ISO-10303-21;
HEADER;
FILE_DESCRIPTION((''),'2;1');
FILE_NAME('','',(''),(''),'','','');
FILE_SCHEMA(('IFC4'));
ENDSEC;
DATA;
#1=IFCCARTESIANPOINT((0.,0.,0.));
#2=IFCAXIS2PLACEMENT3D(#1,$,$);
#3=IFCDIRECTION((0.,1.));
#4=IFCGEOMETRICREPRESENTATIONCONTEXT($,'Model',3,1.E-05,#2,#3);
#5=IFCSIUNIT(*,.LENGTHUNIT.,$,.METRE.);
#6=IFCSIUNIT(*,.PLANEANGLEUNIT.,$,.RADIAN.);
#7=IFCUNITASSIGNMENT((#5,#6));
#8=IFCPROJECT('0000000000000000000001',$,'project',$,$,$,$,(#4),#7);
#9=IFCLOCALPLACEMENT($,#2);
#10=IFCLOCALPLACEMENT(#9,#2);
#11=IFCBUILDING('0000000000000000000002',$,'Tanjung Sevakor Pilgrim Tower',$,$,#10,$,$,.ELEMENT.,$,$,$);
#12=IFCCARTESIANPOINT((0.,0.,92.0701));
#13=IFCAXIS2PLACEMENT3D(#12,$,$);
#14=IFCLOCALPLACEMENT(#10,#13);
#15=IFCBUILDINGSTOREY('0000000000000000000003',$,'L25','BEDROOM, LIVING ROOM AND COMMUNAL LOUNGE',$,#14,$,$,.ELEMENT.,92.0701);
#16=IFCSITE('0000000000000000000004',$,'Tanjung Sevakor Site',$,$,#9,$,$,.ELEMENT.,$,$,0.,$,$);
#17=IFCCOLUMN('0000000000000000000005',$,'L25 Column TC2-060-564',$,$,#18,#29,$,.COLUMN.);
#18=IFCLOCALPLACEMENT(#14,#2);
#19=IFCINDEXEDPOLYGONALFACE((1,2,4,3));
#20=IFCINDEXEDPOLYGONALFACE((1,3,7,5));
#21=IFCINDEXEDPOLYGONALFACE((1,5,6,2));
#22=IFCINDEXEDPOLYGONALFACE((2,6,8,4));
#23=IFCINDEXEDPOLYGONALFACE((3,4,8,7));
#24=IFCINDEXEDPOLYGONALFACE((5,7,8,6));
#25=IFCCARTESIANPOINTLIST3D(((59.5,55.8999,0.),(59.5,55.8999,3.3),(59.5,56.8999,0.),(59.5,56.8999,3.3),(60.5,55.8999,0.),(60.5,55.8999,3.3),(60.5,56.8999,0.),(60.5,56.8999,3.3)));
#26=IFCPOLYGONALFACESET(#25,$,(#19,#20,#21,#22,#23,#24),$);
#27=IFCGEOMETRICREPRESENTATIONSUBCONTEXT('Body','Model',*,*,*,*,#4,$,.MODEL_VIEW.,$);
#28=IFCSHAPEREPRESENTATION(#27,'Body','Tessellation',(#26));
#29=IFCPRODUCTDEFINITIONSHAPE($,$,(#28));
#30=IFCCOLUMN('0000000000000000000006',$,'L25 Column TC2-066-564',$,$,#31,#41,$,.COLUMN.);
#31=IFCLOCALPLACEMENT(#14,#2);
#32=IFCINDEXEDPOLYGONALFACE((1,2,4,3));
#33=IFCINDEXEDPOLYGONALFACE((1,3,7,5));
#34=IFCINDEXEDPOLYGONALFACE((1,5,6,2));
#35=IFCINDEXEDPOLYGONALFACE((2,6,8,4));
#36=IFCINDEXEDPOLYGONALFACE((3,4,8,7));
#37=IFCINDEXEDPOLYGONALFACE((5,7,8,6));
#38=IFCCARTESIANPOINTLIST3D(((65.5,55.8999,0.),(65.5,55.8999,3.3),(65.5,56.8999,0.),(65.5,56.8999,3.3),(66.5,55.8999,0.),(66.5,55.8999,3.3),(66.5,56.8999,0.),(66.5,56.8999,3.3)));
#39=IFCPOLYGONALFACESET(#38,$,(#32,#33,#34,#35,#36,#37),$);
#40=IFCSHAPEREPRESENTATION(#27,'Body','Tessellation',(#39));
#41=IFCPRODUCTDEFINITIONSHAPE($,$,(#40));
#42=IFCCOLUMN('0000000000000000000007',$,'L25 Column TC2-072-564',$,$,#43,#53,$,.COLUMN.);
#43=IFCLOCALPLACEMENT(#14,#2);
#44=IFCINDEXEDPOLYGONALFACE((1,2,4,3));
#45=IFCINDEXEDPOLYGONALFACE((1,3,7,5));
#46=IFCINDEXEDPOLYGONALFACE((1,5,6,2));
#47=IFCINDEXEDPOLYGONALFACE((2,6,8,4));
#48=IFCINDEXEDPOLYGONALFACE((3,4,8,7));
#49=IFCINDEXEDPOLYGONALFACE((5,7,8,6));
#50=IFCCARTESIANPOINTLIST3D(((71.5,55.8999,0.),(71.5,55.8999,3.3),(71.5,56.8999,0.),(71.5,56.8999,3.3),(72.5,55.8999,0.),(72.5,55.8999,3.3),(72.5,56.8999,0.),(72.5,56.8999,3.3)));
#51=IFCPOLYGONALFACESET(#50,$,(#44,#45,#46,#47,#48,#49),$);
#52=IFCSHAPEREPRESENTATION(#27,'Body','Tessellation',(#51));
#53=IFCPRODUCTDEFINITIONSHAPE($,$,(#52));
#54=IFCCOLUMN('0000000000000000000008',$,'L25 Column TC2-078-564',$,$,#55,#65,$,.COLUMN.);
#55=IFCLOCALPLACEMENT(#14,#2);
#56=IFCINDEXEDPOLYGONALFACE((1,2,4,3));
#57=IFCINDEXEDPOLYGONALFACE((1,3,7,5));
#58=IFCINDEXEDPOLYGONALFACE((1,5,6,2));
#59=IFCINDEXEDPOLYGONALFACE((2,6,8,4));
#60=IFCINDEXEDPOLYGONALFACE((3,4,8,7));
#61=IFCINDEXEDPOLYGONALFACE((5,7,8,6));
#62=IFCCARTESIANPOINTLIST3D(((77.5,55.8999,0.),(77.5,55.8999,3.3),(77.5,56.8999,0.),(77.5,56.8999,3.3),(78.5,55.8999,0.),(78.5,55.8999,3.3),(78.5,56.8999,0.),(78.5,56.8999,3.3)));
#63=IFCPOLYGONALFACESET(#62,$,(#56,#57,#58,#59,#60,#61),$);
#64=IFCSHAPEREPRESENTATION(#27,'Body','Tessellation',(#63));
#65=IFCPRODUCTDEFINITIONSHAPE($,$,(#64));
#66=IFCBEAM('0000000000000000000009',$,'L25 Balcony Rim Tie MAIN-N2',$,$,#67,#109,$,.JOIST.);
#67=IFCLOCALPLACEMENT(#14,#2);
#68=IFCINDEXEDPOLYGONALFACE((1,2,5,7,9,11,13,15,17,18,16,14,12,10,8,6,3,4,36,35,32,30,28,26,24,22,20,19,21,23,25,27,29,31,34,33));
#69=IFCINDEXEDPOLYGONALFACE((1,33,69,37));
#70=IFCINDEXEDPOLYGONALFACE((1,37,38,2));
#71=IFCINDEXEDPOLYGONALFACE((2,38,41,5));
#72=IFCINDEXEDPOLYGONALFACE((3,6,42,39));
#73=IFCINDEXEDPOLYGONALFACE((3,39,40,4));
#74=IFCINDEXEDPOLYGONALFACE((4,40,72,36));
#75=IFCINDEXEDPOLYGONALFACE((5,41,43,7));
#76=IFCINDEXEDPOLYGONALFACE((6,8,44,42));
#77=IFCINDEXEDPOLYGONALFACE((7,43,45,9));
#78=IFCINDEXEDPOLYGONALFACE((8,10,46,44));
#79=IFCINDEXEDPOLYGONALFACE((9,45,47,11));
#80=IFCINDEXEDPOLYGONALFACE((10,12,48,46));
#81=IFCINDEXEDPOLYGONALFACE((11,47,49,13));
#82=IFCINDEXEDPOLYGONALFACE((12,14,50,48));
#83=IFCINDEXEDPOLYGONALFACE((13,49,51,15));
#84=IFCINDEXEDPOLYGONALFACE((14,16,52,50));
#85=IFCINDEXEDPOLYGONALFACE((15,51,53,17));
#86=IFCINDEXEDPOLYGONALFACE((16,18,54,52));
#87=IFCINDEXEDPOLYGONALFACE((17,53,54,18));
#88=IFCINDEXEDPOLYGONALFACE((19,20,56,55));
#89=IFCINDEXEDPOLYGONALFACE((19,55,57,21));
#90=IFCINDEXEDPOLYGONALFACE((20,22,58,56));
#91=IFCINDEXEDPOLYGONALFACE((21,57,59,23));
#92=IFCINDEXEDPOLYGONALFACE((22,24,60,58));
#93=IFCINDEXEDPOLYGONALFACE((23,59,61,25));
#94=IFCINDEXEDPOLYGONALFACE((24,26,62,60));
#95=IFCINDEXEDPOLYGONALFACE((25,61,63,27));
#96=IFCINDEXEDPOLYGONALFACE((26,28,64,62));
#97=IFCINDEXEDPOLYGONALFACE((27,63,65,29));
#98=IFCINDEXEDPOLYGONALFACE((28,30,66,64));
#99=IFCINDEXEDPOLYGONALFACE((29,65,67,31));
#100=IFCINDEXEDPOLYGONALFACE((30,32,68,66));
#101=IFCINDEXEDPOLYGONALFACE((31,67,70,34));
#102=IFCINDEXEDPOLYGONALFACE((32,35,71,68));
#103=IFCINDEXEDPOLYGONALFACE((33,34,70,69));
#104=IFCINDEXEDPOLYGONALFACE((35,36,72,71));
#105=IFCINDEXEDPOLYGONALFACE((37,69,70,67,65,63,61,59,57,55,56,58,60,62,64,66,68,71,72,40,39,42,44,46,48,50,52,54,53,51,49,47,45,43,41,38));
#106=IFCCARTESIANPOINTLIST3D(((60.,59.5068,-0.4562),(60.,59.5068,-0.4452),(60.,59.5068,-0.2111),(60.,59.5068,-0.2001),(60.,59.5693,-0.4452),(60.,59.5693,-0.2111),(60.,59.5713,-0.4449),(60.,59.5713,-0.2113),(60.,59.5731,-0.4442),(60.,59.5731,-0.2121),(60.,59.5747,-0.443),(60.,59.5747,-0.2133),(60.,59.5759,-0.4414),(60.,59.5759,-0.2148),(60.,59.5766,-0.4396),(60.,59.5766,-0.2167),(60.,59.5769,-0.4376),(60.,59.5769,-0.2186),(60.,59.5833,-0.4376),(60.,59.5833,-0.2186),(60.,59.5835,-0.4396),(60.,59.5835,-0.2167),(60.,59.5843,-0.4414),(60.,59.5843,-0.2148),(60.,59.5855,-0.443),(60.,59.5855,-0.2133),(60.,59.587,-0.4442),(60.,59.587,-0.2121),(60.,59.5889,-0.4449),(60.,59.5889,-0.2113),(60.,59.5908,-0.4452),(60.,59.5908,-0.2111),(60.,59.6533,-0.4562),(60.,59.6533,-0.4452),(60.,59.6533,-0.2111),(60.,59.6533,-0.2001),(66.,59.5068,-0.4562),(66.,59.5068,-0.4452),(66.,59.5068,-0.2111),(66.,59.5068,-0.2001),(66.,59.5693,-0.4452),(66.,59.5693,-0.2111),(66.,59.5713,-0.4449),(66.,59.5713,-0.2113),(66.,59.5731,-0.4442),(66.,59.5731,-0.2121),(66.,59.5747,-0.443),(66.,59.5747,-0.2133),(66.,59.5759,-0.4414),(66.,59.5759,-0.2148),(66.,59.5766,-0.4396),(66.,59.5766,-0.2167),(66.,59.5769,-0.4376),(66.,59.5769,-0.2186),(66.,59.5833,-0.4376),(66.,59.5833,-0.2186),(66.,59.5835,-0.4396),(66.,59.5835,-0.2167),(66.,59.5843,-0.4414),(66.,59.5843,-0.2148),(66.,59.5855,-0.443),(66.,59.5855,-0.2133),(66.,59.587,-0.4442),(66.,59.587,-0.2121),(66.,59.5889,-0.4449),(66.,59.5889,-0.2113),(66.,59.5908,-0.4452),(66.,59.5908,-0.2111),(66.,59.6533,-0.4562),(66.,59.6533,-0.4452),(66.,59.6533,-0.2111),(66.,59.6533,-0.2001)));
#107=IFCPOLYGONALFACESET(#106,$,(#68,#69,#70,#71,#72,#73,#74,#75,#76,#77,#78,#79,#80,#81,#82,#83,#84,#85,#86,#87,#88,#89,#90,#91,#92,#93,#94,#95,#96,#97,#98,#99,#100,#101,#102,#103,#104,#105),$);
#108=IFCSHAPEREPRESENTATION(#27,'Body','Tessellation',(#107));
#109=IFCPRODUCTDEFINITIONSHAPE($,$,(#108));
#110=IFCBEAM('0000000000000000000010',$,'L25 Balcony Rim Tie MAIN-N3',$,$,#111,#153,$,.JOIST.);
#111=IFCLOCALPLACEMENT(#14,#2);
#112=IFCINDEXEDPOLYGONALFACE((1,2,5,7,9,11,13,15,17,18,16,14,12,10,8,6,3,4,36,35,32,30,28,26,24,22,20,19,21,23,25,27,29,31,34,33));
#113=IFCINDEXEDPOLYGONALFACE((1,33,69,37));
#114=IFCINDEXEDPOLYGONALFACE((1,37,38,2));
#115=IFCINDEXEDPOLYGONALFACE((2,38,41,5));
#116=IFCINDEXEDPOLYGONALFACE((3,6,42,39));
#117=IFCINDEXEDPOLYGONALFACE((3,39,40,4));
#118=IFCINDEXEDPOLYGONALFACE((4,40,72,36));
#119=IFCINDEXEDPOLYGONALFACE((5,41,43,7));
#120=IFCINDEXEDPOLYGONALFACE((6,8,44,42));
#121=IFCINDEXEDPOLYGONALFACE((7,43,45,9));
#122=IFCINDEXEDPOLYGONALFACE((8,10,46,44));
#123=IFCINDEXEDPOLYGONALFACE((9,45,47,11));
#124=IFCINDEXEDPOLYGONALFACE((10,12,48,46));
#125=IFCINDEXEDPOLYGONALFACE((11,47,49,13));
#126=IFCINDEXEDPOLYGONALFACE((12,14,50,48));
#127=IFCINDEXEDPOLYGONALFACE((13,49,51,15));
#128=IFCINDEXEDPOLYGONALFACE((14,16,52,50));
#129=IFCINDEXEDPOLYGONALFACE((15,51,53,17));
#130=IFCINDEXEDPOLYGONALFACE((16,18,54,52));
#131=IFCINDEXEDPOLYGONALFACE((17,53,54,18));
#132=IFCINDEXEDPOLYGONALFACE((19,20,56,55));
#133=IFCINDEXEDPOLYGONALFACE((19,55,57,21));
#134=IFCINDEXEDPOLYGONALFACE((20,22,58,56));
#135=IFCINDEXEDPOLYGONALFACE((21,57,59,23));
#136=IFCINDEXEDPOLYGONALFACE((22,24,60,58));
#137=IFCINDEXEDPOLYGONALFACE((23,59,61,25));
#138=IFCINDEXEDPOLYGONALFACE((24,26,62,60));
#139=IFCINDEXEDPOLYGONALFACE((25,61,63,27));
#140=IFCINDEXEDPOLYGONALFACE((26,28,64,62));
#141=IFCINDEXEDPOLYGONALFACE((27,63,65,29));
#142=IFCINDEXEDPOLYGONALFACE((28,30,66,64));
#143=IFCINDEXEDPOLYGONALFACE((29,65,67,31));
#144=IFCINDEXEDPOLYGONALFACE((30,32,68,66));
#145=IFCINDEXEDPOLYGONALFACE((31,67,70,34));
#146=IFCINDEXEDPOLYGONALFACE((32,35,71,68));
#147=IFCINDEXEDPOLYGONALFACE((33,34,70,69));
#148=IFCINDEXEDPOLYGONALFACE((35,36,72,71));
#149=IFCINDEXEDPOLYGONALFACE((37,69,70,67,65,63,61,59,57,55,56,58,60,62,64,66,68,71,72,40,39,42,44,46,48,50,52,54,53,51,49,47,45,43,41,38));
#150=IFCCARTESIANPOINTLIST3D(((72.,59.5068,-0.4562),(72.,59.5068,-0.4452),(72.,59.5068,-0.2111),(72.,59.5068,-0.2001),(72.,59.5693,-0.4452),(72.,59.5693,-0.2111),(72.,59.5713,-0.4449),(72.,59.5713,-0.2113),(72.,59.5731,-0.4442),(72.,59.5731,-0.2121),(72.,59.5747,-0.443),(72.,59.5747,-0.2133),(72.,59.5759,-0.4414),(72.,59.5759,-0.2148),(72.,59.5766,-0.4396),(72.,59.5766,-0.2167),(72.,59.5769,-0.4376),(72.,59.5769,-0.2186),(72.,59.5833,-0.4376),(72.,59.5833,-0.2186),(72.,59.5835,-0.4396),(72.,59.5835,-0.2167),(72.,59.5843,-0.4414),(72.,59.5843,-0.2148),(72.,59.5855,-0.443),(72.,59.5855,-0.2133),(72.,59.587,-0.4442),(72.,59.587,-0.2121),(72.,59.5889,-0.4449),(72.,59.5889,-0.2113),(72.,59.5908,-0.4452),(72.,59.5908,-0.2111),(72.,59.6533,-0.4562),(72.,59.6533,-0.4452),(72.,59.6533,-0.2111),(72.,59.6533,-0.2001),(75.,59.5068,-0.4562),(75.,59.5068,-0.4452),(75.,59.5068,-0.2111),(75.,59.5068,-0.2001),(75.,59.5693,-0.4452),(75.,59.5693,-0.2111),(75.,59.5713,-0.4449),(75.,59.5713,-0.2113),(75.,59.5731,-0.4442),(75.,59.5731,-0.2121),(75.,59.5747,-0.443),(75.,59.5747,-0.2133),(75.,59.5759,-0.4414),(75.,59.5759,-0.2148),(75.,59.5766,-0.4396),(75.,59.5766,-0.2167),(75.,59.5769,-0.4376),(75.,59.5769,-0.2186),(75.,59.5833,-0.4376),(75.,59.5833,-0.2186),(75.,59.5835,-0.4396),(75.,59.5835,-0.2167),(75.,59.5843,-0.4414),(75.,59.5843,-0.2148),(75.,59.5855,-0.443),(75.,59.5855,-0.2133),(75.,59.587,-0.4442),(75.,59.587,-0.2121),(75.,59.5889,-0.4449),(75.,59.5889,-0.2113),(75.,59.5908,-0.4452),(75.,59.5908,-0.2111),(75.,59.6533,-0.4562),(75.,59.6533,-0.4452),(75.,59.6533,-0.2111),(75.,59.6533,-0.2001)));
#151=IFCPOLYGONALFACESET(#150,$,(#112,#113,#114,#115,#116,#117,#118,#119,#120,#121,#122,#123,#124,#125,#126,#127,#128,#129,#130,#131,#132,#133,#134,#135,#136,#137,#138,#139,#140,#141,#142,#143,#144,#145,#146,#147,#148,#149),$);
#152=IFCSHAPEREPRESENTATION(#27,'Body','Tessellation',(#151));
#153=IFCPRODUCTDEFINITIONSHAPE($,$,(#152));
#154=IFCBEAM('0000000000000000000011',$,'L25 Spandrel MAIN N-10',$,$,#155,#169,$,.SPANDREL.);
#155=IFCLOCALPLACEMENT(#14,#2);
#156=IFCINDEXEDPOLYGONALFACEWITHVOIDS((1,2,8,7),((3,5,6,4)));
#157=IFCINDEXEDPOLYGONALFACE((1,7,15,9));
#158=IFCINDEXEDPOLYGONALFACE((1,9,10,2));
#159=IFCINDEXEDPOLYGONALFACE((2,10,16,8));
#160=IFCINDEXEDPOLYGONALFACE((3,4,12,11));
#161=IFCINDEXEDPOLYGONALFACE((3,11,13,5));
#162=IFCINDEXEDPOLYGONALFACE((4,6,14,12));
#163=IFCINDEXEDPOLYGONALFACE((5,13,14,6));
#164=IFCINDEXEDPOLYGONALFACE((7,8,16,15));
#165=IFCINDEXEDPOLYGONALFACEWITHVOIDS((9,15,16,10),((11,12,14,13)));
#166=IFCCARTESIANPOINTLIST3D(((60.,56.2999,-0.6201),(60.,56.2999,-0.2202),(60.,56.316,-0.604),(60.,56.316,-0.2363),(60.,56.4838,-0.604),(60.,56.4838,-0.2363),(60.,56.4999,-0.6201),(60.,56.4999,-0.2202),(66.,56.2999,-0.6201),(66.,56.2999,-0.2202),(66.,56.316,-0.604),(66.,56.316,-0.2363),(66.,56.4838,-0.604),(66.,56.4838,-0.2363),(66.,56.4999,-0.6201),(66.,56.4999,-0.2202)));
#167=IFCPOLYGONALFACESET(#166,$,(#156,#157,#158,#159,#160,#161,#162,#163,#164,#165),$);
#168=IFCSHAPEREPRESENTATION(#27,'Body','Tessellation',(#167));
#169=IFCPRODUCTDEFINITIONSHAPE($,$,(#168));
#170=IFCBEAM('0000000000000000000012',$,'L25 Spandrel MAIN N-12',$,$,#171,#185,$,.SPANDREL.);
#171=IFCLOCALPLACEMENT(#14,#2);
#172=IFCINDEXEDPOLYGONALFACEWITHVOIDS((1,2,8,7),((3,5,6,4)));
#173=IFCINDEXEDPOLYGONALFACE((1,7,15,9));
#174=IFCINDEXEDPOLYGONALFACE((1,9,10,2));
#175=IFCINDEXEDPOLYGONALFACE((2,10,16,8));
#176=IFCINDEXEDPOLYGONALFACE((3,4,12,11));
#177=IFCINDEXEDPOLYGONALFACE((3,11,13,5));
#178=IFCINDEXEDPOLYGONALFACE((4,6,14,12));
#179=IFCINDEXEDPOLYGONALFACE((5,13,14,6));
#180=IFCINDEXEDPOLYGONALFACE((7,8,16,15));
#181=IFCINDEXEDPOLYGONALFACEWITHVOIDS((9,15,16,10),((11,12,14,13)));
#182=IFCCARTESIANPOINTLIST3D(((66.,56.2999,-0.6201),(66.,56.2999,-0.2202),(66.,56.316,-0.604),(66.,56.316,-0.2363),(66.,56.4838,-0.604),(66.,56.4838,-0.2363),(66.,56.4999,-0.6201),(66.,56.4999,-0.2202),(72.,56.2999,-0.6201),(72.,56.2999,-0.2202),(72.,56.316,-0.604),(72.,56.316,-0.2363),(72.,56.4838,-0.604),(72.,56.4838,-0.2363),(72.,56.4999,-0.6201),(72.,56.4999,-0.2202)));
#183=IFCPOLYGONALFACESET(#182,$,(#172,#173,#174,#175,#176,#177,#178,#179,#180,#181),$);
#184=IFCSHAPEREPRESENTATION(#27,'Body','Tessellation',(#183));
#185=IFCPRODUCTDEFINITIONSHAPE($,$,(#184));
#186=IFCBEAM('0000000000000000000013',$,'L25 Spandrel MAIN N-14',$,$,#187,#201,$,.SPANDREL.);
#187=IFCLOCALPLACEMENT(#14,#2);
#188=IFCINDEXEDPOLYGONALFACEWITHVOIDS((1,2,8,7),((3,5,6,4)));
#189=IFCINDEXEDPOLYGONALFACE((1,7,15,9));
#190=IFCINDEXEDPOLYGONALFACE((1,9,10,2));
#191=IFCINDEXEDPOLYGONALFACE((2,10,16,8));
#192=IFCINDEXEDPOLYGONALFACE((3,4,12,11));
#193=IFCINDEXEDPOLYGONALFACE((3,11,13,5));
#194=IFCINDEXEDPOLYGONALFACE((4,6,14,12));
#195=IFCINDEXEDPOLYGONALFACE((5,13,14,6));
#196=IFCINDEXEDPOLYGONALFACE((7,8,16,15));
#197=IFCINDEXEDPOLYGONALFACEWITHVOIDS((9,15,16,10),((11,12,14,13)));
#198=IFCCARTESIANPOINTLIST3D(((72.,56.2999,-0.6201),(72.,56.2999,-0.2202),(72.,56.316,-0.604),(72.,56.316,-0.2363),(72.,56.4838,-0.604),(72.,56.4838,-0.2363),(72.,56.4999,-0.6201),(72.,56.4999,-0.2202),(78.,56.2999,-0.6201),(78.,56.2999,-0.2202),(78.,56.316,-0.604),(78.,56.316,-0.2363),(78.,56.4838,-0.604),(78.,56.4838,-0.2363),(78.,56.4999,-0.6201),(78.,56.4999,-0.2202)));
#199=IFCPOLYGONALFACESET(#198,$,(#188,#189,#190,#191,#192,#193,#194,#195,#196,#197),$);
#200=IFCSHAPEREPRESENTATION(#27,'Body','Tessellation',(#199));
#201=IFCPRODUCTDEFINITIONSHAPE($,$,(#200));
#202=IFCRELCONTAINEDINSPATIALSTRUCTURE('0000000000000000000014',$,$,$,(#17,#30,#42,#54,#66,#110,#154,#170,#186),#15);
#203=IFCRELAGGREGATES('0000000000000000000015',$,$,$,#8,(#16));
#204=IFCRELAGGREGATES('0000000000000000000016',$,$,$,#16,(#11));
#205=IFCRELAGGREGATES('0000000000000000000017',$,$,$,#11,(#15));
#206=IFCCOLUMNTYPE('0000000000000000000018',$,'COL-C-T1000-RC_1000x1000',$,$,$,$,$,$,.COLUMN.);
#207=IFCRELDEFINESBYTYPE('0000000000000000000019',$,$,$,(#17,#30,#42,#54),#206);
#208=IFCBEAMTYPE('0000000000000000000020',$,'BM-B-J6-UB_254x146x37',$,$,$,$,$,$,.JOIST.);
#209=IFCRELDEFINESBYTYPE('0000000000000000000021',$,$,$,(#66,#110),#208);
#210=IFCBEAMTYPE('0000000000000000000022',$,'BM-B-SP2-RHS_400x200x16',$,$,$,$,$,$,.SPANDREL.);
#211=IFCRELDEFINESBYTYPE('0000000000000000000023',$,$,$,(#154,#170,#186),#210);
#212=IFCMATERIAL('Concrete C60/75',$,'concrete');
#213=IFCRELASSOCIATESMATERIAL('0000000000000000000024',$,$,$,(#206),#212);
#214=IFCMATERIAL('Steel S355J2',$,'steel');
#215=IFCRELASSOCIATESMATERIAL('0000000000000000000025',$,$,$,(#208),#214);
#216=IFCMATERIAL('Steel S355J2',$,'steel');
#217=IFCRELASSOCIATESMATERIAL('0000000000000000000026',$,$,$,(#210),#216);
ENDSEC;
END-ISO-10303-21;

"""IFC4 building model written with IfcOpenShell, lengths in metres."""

from ifc_helpers import new_model, si_unit, direction, frame, origin, origin_2d, place, context, subcontext, project, spatial, rectangle, hollow_rectangle, i_section, extrude, material, material_profile, profile_set, type_object, element, save


model = new_model("IFC4")

# Units and contexts
model_context = context("Model", 3, precision=1e-05, world=origin(), true_north=direction((0.0, 1.0)))
body_context = subcontext(model_context, "Body", "Model", "MODEL_VIEW")
ifc_project = project(units=[si_unit("LENGTHUNIT", "METRE"), si_unit("PLANEANGLEUNIT", "RADIAN")], contexts=[model_context])

# Site, building, storey
site_placement = place(None, origin())
site = spatial("IfcSite", under=ifc_project, at=site_placement, Name="Tanjung Sevakor Site", CompositionType="ELEMENT", RefElevation=0.0)
building_placement = place(site_placement, origin())
building = spatial("IfcBuilding", under=site, at=building_placement, Name="Tanjung Sevakor Pilgrim Tower", CompositionType="ELEMENT")
storey_placement = place(building_placement, frame((0.0, 0.0, 92.0701)))
storey = spatial("IfcBuildingStorey", under=building, at=storey_placement, Name="L25", Description="BEDROOM, LIVING ROOM AND COMMUNAL LOUNGE", CompositionType="ELEMENT", Elevation=92.0701)

# Columns
ifc_material_1 = material(Name="Concrete C60/75", Category="concrete")
ifc_material_profile_1 = material_profile(ifc_material_1, rectangle(XDim=1.0, YDim=1.0, at=origin_2d()))
ifc_profile_set_1 = profile_set([ifc_material_profile_1], Name="Concrete C60/75")
column_type = type_object("IfcColumnType", Name="COL-C-T1000-RC_1000x1000", PredefinedType="COLUMN", material=ifc_profile_set_1)
for number, where, z_axis, x_axis, name in (
    (1, (60.0, 56.3999, 0.0), (0.0, 0.0, 1.0), (1.0, 0.0, 0.0), "L25 Column TC2-060-564"),
    (2, (66.0, 56.3999, 0.0), (0.0, 0.0, 1.0), (1.0, 0.0, 0.0), "L25 Column TC2-066-564"),
    (3, (72.0, 56.3999, 0.0), (0.0, 0.0, 1.0), (1.0, 0.0, 0.0), "L25 Column TC2-072-564"),
    (4, (78.0, 56.3999, 0.0), (0.0, 0.0, 1.0), (1.0, 0.0, 0.0), "L25 Column TC2-078-564"),
):
    element("IfcColumn", number, at=place(storey_placement, frame(where, z_axis=z_axis, x_axis=x_axis)), inside=storey, type_object=column_type, Name=name, PredefinedType="COLUMN", context=body_context, shape_type="SweptSolid", body=[
        extrude(rectangle(XDim=1.0, YDim=1.0, at=origin_2d()), origin(), (0.0, 0.0, 1.0), 3.3),
    ])

# Beams
ifc_material_2 = material(Name="Steel S355J2", Category="steel")
ifc_material_profile_2 = material_profile(ifc_material_2, i_section(OverallWidth=0.1465, OverallDepth=0.2561, WebThickness=0.0063, FlangeThickness=0.011, FilletRadius=0.0076, at=origin_2d()))
ifc_profile_set_2 = profile_set([ifc_material_profile_2], Name="Steel S355J2")
beam_type_1 = type_object("IfcBeamType", Name="BM-B-J6-UB_254x146x37", PredefinedType="JOIST", material=ifc_profile_set_2)
beam_1_placement = place(storey_placement, frame((60.0, 59.5801, -0.3281), z_axis=(1.0, 0.0, 0.0), x_axis=(0.0, 1.0, 0.0)))
element("IfcBeam", 5, at=beam_1_placement, inside=storey, type_object=beam_type_1, Name="L25 Balcony Rim Tie MAIN-N2", PredefinedType="JOIST", context=body_context, shape_type="SweptSolid", body=[
    extrude(i_section(OverallWidth=0.1465, OverallDepth=0.2561, WebThickness=0.0063, FlangeThickness=0.011, FilletRadius=0.0076, at=origin_2d()), origin(), (0.0, 0.0, 1.0), 6.0),
])
beam_2_placement = place(storey_placement, frame((72.0, 59.5801, -0.3281), z_axis=(1.0, 0.0, 0.0), x_axis=(0.0, 1.0, 0.0)))
element("IfcBeam", 6, at=beam_2_placement, inside=storey, type_object=beam_type_1, Name="L25 Balcony Rim Tie MAIN-N3", PredefinedType="JOIST", context=body_context, shape_type="SweptSolid", body=[
    extrude(i_section(OverallWidth=0.1465, OverallDepth=0.2561, WebThickness=0.0063, FlangeThickness=0.011, FilletRadius=0.0076, at=origin_2d()), origin(), (0.0, 0.0, 1.0), 3.0),
])
ifc_material_3 = material(Name="Steel S355J2", Category="steel")
ifc_material_profile_3 = material_profile(ifc_material_3, hollow_rectangle(XDim=0.2, YDim=0.3999, WallThickness=0.0161, at=origin_2d()))
ifc_profile_set_3 = profile_set([ifc_material_profile_3], Name="Steel S355J2")
beam_type_2 = type_object("IfcBeamType", Name="BM-B-SP2-RHS_400x200x16", PredefinedType="SPANDREL", material=ifc_profile_set_3)
for number, where, z_axis, x_axis, name in (
    (7, (60.0, 56.3999, -0.4202), (1.0, 0.0, 0.0), (0.0, 1.0, 0.0), "L25 Spandrel MAIN N-10"),
    (8, (66.0, 56.3999, -0.4202), (1.0, 0.0, 0.0), (0.0, 1.0, 0.0), "L25 Spandrel MAIN N-12"),
    (9, (72.0, 56.3999, -0.4202), (1.0, 0.0, 0.0), (0.0, 1.0, 0.0), "L25 Spandrel MAIN N-14"),
):
    element("IfcBeam", number, at=place(storey_placement, frame(where, z_axis=z_axis, x_axis=x_axis)), inside=storey, type_object=beam_type_2, Name=name, PredefinedType="SPANDREL", context=body_context, shape_type="SweptSolid", body=[
        extrude(hollow_rectangle(XDim=0.2, YDim=0.3999, WallThickness=0.0161, at=origin_2d()), origin(), (0.0, 0.0, 1.0), 6.0),
    ])

save(model, "model.ifc")
